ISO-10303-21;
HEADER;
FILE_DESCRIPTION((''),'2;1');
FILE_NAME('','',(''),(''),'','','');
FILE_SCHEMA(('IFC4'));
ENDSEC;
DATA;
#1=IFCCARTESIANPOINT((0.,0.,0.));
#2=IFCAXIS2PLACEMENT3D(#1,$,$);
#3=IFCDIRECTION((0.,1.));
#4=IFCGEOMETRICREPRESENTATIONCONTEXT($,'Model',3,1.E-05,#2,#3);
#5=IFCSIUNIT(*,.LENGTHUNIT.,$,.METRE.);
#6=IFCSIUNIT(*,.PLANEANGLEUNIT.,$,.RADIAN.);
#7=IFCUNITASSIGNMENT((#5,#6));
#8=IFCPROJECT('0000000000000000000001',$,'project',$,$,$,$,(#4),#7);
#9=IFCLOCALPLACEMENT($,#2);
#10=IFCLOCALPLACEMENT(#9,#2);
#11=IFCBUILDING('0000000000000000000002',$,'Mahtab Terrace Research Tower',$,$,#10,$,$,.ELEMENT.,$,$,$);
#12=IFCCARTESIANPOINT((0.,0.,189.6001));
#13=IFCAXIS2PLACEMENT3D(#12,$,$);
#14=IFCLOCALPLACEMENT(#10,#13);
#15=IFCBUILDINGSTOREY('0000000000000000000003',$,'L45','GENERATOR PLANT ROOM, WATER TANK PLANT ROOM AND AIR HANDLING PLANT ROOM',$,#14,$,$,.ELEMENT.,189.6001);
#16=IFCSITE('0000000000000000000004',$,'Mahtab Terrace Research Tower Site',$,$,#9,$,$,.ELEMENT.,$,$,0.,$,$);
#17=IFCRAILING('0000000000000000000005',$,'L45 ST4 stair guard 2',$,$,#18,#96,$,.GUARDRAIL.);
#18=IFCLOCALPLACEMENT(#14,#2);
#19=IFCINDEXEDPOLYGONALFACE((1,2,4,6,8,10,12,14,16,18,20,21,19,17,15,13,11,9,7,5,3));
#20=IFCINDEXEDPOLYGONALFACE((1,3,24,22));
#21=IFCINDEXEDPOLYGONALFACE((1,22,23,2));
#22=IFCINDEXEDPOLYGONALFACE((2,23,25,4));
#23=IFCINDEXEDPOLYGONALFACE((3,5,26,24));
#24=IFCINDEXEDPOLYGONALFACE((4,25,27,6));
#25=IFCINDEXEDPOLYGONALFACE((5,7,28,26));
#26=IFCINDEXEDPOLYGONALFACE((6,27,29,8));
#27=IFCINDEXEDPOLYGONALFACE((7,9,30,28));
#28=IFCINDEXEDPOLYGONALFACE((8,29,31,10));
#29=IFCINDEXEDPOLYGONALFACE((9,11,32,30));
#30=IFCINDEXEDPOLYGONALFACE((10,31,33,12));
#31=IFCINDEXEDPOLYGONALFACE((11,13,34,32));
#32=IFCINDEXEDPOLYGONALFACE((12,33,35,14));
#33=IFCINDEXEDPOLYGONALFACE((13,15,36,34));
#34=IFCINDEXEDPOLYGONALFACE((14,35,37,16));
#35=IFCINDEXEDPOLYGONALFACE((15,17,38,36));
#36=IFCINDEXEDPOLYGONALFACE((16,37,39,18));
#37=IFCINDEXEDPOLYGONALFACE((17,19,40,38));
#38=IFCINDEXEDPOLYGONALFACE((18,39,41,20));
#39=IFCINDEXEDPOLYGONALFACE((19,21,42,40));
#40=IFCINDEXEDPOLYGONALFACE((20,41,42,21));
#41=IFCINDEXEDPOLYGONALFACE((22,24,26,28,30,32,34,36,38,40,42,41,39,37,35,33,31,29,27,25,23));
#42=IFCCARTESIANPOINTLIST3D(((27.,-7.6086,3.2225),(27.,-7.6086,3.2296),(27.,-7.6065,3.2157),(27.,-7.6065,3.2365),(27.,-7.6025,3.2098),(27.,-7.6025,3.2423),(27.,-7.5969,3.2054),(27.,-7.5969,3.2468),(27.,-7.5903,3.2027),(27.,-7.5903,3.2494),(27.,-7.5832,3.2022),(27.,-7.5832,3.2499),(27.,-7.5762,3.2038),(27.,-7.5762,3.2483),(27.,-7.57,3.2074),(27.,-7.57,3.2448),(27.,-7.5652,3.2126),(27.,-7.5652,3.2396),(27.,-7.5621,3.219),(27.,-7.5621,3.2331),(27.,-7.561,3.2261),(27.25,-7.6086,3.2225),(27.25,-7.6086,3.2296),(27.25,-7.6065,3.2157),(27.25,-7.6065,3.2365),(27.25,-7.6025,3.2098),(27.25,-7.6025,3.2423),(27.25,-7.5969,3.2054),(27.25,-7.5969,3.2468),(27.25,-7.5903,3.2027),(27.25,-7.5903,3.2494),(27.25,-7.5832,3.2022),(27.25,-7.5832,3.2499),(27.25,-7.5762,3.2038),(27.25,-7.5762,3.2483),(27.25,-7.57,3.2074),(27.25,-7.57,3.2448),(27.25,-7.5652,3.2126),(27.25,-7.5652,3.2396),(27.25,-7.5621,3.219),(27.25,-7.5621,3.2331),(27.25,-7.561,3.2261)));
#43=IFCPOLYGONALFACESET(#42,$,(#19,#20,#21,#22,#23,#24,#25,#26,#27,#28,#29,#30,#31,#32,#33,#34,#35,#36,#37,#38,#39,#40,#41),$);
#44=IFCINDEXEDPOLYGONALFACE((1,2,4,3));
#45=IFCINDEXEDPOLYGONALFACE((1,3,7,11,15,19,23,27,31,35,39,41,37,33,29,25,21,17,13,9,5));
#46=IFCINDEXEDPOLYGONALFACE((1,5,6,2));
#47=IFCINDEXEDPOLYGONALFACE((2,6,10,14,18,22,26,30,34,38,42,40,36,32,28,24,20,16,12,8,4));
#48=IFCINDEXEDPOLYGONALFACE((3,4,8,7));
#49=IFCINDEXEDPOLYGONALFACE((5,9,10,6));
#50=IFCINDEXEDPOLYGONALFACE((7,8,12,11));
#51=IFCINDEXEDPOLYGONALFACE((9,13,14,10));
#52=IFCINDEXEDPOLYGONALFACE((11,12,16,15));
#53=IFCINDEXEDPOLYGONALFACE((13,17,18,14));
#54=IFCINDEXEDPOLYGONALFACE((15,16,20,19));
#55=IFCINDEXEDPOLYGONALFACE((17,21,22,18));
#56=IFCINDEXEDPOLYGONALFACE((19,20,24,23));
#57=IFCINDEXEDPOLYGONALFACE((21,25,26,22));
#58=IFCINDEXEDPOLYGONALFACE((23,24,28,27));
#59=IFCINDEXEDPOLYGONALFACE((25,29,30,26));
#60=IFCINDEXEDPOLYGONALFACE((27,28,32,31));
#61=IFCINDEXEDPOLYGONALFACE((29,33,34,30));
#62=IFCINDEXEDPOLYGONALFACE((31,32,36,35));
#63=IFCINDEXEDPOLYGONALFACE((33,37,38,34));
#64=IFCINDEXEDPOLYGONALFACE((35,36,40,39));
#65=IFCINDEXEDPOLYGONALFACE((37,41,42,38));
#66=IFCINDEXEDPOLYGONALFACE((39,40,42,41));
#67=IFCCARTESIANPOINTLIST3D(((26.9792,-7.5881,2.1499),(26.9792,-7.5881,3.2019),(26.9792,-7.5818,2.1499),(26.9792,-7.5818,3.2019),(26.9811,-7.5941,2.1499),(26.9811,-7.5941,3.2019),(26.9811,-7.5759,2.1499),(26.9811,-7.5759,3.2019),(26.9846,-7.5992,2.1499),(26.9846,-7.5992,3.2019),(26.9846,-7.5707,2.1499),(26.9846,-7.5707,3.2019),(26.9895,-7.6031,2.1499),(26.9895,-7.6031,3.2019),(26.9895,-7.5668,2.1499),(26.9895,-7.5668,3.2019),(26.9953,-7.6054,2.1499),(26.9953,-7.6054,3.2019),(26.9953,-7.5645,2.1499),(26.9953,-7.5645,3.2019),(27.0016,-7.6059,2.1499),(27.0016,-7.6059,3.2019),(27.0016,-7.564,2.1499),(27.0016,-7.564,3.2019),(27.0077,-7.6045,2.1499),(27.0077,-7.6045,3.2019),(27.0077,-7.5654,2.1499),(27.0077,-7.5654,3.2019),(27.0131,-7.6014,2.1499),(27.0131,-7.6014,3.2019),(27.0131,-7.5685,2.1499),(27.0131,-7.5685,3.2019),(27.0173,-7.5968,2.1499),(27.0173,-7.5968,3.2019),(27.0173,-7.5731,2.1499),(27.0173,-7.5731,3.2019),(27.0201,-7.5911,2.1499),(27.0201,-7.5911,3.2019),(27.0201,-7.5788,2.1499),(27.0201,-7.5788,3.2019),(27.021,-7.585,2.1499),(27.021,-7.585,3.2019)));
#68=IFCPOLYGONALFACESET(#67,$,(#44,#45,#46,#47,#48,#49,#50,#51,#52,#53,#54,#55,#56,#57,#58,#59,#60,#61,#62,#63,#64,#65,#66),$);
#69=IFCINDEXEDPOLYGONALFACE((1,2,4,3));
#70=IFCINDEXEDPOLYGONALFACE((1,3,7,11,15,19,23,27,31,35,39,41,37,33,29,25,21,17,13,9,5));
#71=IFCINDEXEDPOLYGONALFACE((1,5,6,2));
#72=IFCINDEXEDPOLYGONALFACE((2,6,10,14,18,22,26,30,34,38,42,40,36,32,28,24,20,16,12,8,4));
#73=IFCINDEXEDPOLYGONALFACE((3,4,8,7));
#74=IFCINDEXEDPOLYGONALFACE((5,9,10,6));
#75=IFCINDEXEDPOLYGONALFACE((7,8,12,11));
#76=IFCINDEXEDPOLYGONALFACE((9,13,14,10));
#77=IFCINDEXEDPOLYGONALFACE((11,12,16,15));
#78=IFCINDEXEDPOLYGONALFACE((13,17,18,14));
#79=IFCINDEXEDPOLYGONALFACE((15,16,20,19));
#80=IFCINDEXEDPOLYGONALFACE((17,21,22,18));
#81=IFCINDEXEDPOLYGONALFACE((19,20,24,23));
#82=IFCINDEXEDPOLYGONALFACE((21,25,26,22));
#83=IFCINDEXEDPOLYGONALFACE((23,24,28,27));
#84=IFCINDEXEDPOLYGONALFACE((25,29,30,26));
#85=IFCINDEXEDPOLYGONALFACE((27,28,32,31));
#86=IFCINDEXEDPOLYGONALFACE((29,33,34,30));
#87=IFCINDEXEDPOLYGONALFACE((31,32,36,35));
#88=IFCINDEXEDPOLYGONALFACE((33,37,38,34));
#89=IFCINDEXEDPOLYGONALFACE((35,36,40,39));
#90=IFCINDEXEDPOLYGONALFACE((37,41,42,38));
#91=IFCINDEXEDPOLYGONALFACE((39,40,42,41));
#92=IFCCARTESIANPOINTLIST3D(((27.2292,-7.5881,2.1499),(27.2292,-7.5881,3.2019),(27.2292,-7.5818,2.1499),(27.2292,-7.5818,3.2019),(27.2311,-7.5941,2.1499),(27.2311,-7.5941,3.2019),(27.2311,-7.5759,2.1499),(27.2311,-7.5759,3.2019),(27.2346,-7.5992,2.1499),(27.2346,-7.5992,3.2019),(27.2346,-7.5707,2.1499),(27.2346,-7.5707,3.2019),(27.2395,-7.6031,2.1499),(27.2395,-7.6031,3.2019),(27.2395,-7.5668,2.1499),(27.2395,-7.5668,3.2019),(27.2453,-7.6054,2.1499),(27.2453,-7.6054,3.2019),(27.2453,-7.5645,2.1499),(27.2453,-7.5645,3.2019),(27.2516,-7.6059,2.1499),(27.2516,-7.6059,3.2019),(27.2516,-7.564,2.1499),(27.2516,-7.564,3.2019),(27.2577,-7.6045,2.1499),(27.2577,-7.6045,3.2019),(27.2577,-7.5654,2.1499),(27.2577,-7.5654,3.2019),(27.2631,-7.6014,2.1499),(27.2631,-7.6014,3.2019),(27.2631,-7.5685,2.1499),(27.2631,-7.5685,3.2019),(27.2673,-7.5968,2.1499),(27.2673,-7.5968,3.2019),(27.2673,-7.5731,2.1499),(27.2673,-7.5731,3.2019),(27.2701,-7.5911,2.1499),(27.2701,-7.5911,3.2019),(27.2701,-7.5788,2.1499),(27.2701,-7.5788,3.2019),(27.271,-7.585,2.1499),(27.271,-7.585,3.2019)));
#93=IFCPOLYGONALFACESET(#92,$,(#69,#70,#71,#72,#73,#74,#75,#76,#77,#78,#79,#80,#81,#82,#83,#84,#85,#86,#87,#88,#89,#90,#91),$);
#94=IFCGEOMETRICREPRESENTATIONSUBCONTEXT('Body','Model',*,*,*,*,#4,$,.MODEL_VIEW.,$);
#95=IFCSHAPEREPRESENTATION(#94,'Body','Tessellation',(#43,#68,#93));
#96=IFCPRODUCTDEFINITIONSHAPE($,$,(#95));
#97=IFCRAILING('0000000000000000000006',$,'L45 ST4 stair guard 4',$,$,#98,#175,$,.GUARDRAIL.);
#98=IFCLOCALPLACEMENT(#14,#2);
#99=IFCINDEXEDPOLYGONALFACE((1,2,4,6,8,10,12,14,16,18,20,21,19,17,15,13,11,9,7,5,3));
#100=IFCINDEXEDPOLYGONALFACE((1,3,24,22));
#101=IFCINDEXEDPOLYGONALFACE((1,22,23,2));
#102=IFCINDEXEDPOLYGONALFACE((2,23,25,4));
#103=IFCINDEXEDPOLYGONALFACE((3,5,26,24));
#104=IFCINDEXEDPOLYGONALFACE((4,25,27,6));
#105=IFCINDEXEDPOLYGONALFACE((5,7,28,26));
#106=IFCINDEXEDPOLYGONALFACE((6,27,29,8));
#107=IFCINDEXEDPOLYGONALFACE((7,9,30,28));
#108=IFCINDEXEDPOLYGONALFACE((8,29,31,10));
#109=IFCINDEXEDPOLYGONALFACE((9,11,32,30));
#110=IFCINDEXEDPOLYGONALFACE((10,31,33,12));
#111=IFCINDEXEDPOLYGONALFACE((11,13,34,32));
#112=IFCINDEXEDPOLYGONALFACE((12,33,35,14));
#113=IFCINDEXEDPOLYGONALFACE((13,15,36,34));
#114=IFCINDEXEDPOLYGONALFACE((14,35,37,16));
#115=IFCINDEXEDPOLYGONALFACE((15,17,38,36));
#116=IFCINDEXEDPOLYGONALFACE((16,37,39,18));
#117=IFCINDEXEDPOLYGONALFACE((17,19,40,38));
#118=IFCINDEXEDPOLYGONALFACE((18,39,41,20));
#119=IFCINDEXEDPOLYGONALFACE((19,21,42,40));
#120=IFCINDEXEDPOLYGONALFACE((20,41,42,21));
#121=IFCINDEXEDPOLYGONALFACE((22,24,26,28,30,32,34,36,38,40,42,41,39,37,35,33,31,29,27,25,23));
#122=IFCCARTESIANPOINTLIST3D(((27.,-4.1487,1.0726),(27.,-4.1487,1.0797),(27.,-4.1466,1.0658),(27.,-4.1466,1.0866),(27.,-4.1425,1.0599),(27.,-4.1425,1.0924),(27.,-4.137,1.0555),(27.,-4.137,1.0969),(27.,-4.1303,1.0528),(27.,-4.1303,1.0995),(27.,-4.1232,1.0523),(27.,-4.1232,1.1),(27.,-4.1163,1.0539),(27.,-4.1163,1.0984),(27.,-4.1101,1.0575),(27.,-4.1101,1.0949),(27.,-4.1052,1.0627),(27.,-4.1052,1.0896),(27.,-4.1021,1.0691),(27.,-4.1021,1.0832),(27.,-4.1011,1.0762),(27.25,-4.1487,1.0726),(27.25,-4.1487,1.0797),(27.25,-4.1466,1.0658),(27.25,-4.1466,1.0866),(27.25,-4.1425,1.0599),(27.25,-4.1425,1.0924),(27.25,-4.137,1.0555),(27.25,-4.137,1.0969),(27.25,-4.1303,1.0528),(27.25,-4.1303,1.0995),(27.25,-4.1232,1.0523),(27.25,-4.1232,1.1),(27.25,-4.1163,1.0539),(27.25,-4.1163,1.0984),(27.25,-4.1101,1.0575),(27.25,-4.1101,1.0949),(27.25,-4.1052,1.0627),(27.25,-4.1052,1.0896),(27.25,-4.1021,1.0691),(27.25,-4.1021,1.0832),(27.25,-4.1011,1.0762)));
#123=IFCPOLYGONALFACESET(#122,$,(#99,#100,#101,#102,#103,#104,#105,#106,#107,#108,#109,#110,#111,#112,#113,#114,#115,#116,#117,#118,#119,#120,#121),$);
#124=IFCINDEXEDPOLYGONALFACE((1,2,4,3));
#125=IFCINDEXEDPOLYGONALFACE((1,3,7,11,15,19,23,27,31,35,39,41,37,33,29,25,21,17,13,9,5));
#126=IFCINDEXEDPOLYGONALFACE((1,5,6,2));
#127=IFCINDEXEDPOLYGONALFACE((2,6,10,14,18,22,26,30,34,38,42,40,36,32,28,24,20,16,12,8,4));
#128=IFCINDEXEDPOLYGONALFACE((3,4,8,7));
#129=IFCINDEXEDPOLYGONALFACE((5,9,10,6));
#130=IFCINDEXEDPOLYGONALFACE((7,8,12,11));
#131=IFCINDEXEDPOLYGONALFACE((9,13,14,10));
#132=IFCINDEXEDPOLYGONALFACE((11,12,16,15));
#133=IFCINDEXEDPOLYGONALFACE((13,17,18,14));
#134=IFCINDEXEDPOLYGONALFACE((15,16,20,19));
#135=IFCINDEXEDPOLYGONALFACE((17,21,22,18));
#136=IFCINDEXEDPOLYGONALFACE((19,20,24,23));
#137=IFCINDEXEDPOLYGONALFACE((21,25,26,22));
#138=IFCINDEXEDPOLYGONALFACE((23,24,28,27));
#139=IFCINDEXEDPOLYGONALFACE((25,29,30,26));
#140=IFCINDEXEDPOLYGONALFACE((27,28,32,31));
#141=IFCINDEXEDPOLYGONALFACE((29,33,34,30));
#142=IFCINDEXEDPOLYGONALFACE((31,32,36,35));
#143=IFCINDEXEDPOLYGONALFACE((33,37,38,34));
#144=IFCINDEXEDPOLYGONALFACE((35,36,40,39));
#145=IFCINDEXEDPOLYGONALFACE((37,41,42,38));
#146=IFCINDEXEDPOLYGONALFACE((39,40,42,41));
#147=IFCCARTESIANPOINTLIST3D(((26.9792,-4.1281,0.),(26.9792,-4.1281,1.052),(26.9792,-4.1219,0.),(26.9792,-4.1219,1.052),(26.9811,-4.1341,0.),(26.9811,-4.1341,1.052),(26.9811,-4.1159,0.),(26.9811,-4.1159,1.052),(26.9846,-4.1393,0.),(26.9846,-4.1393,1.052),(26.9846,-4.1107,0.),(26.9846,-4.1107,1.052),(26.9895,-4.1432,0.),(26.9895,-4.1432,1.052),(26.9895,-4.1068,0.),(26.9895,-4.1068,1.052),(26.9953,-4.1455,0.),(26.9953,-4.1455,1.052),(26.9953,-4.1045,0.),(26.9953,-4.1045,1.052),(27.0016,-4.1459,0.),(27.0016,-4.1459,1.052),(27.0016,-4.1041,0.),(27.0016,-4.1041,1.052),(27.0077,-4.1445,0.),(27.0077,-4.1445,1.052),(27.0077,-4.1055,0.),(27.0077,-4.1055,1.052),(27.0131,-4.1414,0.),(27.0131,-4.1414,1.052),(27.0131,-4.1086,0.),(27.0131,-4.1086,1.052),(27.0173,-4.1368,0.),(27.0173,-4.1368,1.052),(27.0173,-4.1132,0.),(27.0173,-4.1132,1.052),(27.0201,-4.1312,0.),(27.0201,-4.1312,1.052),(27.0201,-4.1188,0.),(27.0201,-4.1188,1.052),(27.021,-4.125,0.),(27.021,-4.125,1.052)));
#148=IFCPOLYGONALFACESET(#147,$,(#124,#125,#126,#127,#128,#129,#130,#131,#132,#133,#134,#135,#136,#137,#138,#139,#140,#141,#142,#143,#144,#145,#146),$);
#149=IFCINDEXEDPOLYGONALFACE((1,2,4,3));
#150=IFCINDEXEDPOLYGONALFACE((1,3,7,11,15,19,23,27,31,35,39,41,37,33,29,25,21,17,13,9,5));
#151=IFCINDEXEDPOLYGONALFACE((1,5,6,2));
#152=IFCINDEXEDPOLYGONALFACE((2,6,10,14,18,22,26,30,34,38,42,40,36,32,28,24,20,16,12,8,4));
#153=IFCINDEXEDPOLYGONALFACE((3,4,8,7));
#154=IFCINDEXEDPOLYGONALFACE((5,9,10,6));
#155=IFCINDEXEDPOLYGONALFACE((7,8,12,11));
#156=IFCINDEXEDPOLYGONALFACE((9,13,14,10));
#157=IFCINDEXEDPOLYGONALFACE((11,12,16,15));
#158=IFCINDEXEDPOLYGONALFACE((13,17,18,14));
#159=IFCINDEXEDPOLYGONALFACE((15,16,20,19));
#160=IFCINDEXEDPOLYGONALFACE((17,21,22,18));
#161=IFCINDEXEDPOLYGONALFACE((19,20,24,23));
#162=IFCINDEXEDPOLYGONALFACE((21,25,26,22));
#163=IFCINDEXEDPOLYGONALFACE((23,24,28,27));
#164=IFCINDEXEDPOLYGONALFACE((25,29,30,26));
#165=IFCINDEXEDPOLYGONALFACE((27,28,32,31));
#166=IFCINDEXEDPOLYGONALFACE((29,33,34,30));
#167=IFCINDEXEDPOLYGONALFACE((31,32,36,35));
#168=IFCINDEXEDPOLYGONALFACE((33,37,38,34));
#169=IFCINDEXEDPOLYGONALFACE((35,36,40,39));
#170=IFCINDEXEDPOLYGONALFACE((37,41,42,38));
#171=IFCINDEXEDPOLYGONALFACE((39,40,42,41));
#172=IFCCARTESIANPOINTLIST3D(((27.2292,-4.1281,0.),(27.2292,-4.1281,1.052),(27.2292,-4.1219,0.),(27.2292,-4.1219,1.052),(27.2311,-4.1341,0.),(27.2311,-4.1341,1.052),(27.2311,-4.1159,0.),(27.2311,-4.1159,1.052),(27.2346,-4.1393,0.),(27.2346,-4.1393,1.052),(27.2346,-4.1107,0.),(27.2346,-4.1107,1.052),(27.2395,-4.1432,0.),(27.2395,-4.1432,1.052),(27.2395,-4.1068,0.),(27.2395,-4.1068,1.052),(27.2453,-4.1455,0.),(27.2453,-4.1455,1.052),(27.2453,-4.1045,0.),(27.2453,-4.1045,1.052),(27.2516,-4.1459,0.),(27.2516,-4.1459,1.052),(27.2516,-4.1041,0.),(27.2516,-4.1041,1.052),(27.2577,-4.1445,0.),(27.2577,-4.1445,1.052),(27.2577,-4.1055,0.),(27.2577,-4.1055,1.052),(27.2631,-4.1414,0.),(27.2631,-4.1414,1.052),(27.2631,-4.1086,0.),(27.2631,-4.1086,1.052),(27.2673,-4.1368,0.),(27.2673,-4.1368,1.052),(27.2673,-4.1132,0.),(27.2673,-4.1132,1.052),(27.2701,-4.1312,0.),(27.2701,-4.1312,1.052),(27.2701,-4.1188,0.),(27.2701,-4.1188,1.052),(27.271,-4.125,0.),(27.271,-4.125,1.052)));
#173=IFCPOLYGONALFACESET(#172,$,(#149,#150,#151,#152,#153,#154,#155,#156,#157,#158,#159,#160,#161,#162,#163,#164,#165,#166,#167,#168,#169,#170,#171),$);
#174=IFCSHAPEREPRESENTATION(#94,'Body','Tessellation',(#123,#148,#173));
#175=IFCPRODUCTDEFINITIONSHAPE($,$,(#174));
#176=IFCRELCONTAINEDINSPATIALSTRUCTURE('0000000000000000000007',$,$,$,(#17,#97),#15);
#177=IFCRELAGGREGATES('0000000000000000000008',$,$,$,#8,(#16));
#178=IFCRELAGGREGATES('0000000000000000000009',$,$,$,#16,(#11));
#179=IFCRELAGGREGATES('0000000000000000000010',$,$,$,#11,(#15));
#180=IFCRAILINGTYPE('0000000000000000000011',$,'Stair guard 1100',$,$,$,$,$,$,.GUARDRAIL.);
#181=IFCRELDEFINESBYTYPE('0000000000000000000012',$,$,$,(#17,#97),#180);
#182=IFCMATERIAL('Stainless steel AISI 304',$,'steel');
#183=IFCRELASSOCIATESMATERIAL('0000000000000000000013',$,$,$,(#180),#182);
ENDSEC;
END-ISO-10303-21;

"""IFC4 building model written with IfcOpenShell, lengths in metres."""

from ifc_helpers import new_model, si_unit, direction, frame, origin, origin_2d, place, context, subcontext, project, spatial, circle, extrude, material, type_object, element, save


model = new_model("IFC4")

# Units and contexts
model_context = context("Model", 3, precision=1e-05, world=origin(), true_north=direction((0.0, 1.0)))
body_context = subcontext(model_context, "Body", "Model", "MODEL_VIEW")
ifc_project = project(units=[si_unit("LENGTHUNIT", "METRE"), si_unit("PLANEANGLEUNIT", "RADIAN")], contexts=[model_context])

# Site, building, storey
site_placement = place(None, origin())
site = spatial("IfcSite", under=ifc_project, at=site_placement, Name="Mahtab Terrace Research Tower Site", CompositionType="ELEMENT", RefElevation=0.0)
building_placement = place(site_placement, origin())
building = spatial("IfcBuilding", under=site, at=building_placement, Name="Mahtab Terrace Research Tower", CompositionType="ELEMENT")
storey_placement = place(building_placement, frame((0.0, 0.0, 189.6001)))
storey = spatial("IfcBuildingStorey", under=building, at=storey_placement, Name="L45", Description="GENERATOR PLANT ROOM, WATER TANK PLANT ROOM AND AIR HANDLING PLANT ROOM", CompositionType="ELEMENT", Elevation=189.6001)

# Shared definitions
ifc_material_1 = material(Name="Stainless steel AISI 304", Category="steel")

# Railings
railing_type_1 = type_object("IfcRailingType", Name="Stair guard 1100", PredefinedType="GUARDRAIL", material=ifc_material_1)
for number, where, name in (
    (1, (27.0, -7.585, 2.1499), "L45 ST4 stair guard 2"),
    (2, (27.0, -4.125, 0.0), "L45 ST4 stair guard 4"),
):
    element("IfcRailing", number, at=place(storey_placement, frame(where)), inside=storey, type_object=railing_type_1, Name=name, PredefinedType="GUARDRAIL", context=body_context, shape_type="SweptSolid", body=[
        extrude(circle(Radius=0.0239, at=origin_2d()), frame((0.0, 0.0, 1.0762), z_axis=(1.0, 0.0, 0.0), x_axis=(0.0, 1.0, 0.0)), (0.0, 0.0, 1.0), 0.25),
        extrude(circle(Radius=0.021, at=origin_2d()), origin(), (0.0, 0.0, 1.0), 1.052),
        extrude(circle(Radius=0.021, at=origin_2d()), frame((0.25, 0.0, 0.0)), (0.0, 0.0, 1.0), 1.052),
    ])

save(model, "model.ifc")
